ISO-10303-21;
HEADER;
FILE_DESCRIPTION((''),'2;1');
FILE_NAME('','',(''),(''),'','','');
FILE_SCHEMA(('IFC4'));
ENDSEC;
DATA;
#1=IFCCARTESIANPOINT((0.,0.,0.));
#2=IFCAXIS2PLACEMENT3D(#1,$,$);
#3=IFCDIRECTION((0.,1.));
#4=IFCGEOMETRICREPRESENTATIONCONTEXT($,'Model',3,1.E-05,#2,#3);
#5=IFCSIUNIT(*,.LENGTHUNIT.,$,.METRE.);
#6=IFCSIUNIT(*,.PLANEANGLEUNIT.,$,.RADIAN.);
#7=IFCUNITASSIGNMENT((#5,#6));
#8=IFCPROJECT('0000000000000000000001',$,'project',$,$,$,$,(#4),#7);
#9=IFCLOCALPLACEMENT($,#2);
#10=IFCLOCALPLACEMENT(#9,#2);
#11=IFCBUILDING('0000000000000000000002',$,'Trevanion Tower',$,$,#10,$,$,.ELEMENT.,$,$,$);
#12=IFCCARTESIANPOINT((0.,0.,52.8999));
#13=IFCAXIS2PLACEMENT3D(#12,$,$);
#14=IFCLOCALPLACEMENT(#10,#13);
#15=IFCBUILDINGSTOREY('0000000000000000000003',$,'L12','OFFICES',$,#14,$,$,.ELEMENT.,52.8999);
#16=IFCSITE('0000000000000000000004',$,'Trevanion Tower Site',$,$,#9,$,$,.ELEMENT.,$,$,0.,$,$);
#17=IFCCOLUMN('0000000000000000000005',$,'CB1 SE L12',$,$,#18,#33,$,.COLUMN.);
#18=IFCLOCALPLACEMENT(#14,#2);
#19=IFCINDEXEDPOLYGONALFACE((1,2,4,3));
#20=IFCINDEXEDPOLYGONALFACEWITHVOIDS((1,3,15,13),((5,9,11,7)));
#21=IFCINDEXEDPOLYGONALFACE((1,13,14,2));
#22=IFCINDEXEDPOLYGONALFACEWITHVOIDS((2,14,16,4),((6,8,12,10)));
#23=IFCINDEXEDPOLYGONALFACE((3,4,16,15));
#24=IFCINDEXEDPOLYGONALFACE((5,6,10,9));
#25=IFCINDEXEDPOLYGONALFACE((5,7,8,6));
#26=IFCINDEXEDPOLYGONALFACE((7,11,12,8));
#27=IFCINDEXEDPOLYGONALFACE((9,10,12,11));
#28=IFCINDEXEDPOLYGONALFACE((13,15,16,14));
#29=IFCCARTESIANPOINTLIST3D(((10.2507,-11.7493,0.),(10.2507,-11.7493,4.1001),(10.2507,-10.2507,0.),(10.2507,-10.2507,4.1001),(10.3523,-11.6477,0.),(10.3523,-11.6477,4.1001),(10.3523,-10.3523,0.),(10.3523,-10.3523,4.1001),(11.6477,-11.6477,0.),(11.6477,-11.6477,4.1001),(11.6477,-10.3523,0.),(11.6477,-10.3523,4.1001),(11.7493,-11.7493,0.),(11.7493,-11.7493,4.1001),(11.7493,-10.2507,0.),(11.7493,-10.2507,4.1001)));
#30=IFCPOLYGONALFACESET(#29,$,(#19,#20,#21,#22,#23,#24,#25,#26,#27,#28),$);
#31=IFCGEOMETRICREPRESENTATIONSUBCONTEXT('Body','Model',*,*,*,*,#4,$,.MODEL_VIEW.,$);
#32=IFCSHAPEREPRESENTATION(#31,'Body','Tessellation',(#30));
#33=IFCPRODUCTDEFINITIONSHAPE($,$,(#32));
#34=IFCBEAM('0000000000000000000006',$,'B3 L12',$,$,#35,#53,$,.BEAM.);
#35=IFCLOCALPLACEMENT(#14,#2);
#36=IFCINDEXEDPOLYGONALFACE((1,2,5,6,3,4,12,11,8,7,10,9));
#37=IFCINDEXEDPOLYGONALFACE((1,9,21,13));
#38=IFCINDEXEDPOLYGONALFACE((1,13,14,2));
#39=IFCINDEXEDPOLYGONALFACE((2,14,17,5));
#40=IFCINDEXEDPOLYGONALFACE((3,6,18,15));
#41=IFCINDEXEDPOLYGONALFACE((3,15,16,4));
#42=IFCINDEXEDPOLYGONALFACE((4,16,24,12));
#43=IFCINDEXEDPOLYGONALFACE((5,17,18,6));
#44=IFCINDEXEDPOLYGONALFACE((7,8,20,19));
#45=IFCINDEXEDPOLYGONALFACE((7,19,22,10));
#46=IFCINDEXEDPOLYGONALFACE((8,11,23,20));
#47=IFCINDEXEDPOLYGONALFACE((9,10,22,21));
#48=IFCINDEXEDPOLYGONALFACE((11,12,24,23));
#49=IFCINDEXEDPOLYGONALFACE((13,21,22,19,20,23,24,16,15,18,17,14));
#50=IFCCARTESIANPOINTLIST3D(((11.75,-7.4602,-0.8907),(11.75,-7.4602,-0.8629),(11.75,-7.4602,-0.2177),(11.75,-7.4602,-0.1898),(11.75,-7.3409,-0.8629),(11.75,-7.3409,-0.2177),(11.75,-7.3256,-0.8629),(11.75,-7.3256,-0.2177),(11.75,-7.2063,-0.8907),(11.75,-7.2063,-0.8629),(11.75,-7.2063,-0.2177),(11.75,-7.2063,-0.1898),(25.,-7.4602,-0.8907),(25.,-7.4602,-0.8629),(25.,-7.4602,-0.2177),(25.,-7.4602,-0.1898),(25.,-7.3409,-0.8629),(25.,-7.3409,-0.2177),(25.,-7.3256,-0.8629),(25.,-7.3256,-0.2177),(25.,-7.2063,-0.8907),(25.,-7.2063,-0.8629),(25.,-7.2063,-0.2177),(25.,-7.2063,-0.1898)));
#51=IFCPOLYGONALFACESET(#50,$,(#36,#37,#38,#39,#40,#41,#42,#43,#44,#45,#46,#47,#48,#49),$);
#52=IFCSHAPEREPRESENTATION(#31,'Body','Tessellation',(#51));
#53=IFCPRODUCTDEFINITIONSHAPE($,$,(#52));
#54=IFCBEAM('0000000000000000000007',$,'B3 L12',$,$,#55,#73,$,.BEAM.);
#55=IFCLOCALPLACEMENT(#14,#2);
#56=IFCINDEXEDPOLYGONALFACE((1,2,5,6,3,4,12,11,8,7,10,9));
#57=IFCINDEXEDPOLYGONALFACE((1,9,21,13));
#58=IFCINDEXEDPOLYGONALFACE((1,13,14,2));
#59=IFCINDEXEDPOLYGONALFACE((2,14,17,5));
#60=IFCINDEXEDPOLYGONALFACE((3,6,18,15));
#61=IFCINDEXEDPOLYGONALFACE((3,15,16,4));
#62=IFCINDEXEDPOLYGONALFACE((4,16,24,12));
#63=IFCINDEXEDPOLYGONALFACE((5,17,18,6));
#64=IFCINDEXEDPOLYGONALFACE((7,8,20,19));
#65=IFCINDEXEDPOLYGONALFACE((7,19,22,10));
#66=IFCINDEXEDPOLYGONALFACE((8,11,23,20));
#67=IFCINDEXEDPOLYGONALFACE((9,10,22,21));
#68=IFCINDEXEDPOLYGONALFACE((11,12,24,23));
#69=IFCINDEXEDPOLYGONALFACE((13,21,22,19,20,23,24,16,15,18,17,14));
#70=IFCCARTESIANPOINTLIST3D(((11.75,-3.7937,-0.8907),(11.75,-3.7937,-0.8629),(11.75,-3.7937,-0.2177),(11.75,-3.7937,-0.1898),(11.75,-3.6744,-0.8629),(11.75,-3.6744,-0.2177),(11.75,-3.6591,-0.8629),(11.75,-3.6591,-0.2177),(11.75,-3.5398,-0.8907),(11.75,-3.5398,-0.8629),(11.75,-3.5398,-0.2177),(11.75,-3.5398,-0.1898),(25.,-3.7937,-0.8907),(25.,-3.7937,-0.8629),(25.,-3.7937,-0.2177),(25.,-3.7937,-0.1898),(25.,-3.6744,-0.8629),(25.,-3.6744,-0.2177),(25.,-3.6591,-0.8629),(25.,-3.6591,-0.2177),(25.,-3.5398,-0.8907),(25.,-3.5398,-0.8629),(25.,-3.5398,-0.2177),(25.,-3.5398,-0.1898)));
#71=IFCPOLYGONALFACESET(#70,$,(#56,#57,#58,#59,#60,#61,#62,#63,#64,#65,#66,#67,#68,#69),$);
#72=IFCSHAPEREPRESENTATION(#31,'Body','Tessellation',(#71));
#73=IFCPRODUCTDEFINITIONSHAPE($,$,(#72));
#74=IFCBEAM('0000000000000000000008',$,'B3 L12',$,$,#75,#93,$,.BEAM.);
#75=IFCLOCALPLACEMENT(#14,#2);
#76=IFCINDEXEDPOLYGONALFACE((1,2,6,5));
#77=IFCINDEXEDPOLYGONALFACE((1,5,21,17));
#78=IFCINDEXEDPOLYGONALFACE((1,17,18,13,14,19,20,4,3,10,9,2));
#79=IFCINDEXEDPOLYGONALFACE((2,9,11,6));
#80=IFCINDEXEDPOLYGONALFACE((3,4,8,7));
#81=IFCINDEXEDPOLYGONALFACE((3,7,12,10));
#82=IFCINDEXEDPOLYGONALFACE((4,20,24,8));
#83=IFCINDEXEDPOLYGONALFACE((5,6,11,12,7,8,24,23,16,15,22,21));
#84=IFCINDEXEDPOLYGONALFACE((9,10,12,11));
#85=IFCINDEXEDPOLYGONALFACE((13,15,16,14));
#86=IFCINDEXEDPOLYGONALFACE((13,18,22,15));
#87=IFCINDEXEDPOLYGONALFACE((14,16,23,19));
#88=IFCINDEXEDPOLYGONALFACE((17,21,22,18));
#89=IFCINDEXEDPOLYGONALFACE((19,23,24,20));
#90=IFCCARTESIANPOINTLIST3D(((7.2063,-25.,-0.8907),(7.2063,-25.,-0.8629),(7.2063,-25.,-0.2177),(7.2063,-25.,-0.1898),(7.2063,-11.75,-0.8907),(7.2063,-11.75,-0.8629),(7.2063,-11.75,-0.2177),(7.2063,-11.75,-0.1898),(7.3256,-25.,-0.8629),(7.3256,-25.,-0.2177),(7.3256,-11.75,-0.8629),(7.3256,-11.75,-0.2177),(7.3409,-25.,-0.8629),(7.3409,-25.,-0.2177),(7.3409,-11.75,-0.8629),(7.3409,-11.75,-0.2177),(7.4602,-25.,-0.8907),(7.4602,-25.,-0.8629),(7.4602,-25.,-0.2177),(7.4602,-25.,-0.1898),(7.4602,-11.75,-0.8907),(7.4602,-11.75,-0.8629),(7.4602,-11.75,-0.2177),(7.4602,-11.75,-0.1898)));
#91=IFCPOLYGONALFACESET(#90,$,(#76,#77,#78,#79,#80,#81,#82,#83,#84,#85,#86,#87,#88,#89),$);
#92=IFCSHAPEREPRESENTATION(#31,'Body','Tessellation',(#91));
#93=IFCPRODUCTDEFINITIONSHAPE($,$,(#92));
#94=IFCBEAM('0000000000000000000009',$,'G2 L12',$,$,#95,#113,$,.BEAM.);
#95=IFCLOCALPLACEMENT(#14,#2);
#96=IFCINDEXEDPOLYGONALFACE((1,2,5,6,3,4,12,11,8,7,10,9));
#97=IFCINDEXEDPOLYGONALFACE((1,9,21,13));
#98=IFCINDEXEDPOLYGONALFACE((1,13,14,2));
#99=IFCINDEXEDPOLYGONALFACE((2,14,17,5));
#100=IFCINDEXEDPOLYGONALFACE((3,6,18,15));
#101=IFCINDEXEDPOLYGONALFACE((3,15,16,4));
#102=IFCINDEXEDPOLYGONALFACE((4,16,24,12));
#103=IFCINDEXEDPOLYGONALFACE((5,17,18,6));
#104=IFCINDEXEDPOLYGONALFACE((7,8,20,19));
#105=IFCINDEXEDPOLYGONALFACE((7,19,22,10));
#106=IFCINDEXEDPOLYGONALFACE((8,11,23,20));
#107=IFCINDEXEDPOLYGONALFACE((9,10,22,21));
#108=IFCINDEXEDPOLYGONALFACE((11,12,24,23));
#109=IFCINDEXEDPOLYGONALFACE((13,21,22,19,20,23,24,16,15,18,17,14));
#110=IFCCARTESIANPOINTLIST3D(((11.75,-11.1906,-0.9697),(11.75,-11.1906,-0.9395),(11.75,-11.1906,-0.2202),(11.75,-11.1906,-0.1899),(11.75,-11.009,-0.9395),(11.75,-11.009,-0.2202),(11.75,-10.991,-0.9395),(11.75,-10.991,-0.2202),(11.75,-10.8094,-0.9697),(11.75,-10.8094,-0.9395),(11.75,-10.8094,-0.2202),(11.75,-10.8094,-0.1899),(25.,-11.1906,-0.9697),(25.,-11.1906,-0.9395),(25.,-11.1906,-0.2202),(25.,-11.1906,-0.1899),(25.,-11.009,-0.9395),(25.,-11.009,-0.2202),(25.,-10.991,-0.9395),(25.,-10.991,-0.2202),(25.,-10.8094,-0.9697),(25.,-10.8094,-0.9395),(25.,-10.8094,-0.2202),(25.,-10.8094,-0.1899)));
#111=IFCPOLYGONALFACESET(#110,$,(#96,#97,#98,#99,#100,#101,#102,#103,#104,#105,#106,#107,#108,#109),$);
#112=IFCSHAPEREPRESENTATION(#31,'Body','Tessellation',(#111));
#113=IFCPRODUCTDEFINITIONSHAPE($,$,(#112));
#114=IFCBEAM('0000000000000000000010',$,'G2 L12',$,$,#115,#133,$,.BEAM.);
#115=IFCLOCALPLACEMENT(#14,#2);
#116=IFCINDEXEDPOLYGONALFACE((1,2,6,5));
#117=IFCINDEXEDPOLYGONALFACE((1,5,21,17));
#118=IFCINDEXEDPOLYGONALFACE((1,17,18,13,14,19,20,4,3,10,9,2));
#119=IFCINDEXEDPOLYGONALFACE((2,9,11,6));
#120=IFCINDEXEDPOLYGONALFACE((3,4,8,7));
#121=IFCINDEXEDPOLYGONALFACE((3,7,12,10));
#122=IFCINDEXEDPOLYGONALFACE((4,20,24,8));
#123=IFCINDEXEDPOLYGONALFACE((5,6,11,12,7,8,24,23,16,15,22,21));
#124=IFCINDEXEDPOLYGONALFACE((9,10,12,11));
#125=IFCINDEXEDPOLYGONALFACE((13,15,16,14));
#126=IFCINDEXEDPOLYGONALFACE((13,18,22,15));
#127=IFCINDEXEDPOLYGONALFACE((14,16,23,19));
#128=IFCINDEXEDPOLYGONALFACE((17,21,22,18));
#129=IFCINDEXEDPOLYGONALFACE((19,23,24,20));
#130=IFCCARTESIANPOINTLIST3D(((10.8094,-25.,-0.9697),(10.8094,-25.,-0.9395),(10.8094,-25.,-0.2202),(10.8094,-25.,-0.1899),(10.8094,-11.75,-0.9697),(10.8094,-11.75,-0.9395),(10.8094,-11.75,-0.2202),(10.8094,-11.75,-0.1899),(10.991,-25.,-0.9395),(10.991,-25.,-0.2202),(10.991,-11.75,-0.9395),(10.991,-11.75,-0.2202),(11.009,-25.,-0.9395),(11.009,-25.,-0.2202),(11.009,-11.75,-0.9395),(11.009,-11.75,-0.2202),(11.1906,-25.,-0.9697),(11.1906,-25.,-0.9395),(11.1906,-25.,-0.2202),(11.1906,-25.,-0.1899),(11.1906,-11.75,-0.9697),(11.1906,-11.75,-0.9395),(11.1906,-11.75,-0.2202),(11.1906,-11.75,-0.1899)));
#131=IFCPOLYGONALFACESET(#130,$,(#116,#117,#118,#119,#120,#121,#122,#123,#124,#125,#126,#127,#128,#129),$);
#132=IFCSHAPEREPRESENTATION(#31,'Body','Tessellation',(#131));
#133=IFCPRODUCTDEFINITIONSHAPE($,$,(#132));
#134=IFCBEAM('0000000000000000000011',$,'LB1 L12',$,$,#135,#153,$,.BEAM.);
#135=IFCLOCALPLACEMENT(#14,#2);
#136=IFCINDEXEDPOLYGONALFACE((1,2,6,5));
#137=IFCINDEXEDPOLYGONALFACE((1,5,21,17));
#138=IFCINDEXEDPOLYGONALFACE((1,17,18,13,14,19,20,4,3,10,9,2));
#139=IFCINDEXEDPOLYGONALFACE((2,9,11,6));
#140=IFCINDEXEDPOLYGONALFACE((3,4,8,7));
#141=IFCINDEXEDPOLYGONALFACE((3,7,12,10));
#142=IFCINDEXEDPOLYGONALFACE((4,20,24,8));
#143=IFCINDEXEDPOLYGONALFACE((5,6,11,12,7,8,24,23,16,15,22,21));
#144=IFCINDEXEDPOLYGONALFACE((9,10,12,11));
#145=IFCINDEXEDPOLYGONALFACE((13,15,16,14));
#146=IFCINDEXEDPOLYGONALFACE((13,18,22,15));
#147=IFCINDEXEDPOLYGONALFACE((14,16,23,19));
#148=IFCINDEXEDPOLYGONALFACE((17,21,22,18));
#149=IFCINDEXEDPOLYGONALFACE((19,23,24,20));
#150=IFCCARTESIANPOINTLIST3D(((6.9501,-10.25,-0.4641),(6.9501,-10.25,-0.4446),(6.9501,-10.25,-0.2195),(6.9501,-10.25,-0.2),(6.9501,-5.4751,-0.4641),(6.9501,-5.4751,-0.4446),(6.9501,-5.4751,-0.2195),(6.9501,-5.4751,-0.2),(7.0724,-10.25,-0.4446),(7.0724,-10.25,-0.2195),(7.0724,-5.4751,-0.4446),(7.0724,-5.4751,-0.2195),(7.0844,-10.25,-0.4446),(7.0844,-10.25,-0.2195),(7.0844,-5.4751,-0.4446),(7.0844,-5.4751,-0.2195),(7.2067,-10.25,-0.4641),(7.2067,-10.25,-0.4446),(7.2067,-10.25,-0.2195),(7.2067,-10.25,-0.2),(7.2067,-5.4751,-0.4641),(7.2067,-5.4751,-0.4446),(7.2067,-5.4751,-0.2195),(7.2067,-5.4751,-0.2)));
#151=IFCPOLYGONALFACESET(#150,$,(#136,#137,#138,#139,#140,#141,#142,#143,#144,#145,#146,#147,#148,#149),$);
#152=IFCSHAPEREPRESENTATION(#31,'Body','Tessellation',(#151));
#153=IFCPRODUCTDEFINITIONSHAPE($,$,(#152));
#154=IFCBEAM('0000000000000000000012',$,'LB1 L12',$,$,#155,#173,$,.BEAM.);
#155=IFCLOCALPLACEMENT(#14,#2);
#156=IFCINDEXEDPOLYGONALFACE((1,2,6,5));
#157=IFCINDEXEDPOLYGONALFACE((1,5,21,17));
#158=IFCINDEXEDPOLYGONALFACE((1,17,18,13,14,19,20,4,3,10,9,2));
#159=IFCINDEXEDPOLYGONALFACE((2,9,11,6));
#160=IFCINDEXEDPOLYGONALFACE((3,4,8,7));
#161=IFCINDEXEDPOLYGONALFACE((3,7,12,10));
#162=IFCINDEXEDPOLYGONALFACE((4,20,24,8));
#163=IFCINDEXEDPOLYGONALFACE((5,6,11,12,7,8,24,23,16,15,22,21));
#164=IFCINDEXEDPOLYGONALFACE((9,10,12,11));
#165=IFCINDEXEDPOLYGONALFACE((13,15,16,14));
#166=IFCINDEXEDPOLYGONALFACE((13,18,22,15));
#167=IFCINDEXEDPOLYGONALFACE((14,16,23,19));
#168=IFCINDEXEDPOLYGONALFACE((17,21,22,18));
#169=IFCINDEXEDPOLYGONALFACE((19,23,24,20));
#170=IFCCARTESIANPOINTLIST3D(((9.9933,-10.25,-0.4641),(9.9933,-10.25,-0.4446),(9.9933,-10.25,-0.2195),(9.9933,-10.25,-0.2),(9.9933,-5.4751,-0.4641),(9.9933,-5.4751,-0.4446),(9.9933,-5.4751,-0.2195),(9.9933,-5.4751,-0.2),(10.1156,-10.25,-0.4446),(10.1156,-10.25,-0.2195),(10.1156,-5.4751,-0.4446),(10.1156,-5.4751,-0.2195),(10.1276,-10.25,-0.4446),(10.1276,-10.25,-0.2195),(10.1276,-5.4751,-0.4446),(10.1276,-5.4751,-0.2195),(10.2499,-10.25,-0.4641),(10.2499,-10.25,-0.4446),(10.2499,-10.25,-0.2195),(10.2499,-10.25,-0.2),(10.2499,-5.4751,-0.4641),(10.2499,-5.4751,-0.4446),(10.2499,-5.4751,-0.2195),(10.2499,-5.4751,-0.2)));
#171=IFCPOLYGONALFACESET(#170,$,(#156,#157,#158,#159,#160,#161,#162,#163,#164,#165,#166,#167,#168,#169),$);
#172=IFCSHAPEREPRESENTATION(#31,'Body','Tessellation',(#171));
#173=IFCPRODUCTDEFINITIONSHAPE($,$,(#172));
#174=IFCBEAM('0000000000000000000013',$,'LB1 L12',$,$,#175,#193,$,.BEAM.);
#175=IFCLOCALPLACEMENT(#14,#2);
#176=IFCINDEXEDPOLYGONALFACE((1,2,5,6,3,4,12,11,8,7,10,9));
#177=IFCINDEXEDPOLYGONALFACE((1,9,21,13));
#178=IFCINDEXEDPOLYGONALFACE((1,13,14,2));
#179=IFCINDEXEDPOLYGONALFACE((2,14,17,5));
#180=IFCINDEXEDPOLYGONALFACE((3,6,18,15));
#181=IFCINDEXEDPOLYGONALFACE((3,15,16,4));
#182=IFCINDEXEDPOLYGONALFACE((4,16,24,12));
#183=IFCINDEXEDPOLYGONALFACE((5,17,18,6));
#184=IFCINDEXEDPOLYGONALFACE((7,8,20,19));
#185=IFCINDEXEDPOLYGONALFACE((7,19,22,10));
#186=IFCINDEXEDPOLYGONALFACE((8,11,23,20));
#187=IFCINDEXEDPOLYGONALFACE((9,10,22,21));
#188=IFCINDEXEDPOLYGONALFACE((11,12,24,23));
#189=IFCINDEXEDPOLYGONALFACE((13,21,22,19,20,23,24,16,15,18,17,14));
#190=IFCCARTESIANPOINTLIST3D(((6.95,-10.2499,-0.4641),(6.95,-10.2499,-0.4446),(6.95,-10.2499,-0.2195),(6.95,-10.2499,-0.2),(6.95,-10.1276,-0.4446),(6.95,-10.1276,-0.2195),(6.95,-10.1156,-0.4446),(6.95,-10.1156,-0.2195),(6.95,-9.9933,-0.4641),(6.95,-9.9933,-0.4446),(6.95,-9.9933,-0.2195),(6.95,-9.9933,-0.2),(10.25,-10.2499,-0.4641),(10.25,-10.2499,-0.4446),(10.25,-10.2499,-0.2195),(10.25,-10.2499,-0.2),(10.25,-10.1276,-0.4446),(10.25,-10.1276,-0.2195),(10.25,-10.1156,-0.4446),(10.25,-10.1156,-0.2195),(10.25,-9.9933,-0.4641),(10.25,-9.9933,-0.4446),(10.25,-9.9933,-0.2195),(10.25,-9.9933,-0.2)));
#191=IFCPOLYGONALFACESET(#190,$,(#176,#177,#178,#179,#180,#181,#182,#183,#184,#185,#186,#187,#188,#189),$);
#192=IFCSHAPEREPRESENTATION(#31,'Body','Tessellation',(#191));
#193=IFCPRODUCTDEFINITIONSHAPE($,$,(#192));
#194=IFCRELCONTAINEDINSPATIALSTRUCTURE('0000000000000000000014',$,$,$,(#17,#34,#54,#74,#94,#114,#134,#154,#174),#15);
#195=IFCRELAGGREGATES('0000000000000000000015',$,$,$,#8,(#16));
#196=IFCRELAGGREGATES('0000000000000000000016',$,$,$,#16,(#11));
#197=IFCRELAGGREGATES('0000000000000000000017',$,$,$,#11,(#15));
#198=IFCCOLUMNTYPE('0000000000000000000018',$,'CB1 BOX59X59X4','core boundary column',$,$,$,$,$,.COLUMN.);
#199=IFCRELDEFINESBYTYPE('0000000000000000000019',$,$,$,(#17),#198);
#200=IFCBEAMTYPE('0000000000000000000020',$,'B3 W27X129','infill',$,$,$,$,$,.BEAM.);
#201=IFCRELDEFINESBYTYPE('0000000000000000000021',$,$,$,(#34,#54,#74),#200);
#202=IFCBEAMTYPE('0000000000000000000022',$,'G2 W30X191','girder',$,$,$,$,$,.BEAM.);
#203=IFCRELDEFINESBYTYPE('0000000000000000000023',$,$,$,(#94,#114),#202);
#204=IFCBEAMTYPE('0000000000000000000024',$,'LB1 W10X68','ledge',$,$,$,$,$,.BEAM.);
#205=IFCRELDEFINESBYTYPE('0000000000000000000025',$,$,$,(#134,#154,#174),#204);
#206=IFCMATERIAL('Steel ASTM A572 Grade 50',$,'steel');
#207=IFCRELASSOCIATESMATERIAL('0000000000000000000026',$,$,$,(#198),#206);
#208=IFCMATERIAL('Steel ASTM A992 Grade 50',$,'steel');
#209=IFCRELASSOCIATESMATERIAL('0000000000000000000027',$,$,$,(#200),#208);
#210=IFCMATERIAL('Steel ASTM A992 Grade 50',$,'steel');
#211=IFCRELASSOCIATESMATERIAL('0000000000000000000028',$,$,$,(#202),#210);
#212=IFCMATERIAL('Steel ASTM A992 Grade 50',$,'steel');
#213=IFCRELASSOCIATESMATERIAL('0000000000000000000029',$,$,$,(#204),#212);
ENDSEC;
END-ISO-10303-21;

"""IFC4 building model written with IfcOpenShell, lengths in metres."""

from ifc_helpers import new_model, si_unit, direction, frame, origin, origin_2d, place, context, subcontext, project, spatial, hollow_rectangle, i_section, extrude, material, material_profile, profile_set, type_object, element, save


model = new_model("IFC4")

# Units and contexts
model_context = context("Model", 3, precision=1e-05, world=origin(), true_north=direction((0.0, 1.0)))
body_context = subcontext(model_context, "Body", "Model", "MODEL_VIEW")
ifc_project = project(units=[si_unit("LENGTHUNIT", "METRE"), si_unit("PLANEANGLEUNIT", "RADIAN")], contexts=[model_context])

# Site, building, storey
site_placement = place(None, origin())
site = spatial("IfcSite", under=ifc_project, at=site_placement, Name="Trevanion Tower Site", CompositionType="ELEMENT", RefElevation=0.0)
building_placement = place(site_placement, origin())
building = spatial("IfcBuilding", under=site, at=building_placement, Name="Trevanion Tower", CompositionType="ELEMENT")
storey_placement = place(building_placement, frame((0.0, 0.0, 52.8999)))
storey = spatial("IfcBuildingStorey", under=building, at=storey_placement, Name="L12", Description="OFFICES", CompositionType="ELEMENT", Elevation=52.8999)

# Column
ifc_material_1 = material(Name="Steel ASTM A572 Grade 50", Category="steel")
ifc_material_profile_1 = material_profile(ifc_material_1, hollow_rectangle(XDim=1.4985, YDim=1.4985, WallThickness=0.1016, at=origin_2d()), Name="BOX59X59X4")
ifc_profile_set_1 = profile_set([ifc_material_profile_1], Name="Steel ASTM A572 Grade 50")
column_type = type_object("IfcColumnType", Name="CB1 BOX59X59X4", Description="core boundary column", PredefinedType="COLUMN", material=ifc_profile_set_1)
column_placement = place(storey_placement, frame((11.0, -11.0, 0.0), z_axis=(0.0, 0.0, 1.0), x_axis=(1.0, 0.0, 0.0)))
element("IfcColumn", 1, at=column_placement, inside=storey, type_object=column_type, Name="CB1 SE L12", PredefinedType="COLUMN", context=body_context, shape_type="SweptSolid", body=[
    extrude(hollow_rectangle(XDim=1.4985, YDim=1.4985, WallThickness=0.1016, at=origin_2d()), origin(), (0.0, 0.0, 1.0), 4.1001),
])

# Beams
ifc_material_2 = material(Name="Steel ASTM A992 Grade 50", Category="steel")
ifc_material_profile_2 = material_profile(ifc_material_2, i_section(OverallWidth=0.2539, OverallDepth=0.7009, WebThickness=0.0154, FlangeThickness=0.0278, at=origin_2d()), Name="W27X129")
ifc_profile_set_2 = profile_set([ifc_material_profile_2], Name="Steel ASTM A992 Grade 50")
beam_type_1 = type_object("IfcBeamType", Name="B3 W27X129", Description="infill", PredefinedType="BEAM", material=ifc_profile_set_2)
for number, where, z_axis, x_axis, name in (
    (2, (11.75, -7.3333, -0.5403), (1.0, 0.0, 0.0), (0.0, 1.0, 0.0), "B3 L12"),
    (3, (11.75, -3.6667, -0.5403), (1.0, 0.0, 0.0), (0.0, 1.0, 0.0), "B3 L12"),
    (4, (7.3333, -11.75, -0.5403), (0.0, -1.0, 0.0), (1.0, 0.0, 0.0), "B3 L12"),
):
    element("IfcBeam", number, at=place(storey_placement, frame(where, z_axis=z_axis, x_axis=x_axis)), inside=storey, type_object=beam_type_1, Name=name, PredefinedType="BEAM", context=body_context, shape_type="SweptSolid", body=[
        extrude(i_section(OverallWidth=0.2539, OverallDepth=0.7009, WebThickness=0.0154, FlangeThickness=0.0278, at=origin_2d()), origin(), (0.0, 0.0, 1.0), 13.25),
    ])
ifc_material_3 = material(Name="Steel ASTM A992 Grade 50", Category="steel")
ifc_material_profile_3 = material_profile(ifc_material_3, i_section(OverallWidth=0.3811, OverallDepth=0.7798, WebThickness=0.0181, FlangeThickness=0.0303, at=origin_2d()), Name="W30X191")
ifc_profile_set_3 = profile_set([ifc_material_profile_3], Name="Steel ASTM A992 Grade 50")
beam_type_2 = type_object("IfcBeamType", Name="G2 W30X191", Description="girder", PredefinedType="BEAM", material=ifc_profile_set_3)
for number, where, z_axis, x_axis, name in (
    (5, (11.75, -11.0, -0.5798), (1.0, 0.0, 0.0), (0.0, 1.0, 0.0), "G2 L12"),
    (6, (11.0, -11.75, -0.5798), (0.0, -1.0, 0.0), (1.0, 0.0, 0.0), "G2 L12"),
):
    element("IfcBeam", number, at=place(storey_placement, frame(where, z_axis=z_axis, x_axis=x_axis)), inside=storey, type_object=beam_type_2, Name=name, PredefinedType="BEAM", context=body_context, shape_type="SweptSolid", body=[
        extrude(i_section(OverallWidth=0.3811, OverallDepth=0.7798, WebThickness=0.0181, FlangeThickness=0.0303, at=origin_2d()), origin(), (0.0, 0.0, 1.0), 13.25),
    ])
ifc_material_4 = material(Name="Steel ASTM A992 Grade 50", Category="steel")
ifc_material_profile_4 = material_profile(ifc_material_4, i_section(OverallWidth=0.2566, OverallDepth=0.2642, WebThickness=0.012, FlangeThickness=0.0195, at=origin_2d()), Name="W10X68")
ifc_profile_set_4 = profile_set([ifc_material_profile_4], Name="Steel ASTM A992 Grade 50")
beam_type_3 = type_object("IfcBeamType", Name="LB1 W10X68", Description="ledge", PredefinedType="BEAM", material=ifc_profile_set_4)
for number, where, z_axis, x_axis, name in (
    (7, (7.0784, -10.25, -0.332), (0.0, 1.0, 0.0), (-1.0, 0.0, 0.0), "LB1 L12"),
    (8, (10.1216, -10.25, -0.332), (0.0, 1.0, 0.0), (-1.0, 0.0, 0.0), "LB1 L12"),
):
    element("IfcBeam", number, at=place(storey_placement, frame(where, z_axis=z_axis, x_axis=x_axis)), inside=storey, type_object=beam_type_3, Name=name, PredefinedType="BEAM", context=body_context, shape_type="SweptSolid", body=[
        extrude(i_section(OverallWidth=0.2566, OverallDepth=0.2642, WebThickness=0.012, FlangeThickness=0.0195, at=origin_2d()), origin(), (0.0, 0.0, 1.0), 4.7749),
    ])
beam_1_placement = place(storey_placement, frame((6.95, -10.1216, -0.332), z_axis=(1.0, 0.0, 0.0), x_axis=(0.0, 1.0, 0.0)))
element("IfcBeam", 9, at=beam_1_placement, inside=storey, type_object=beam_type_3, Name="LB1 L12", PredefinedType="BEAM", context=body_context, shape_type="SweptSolid", body=[
    extrude(i_section(OverallWidth=0.2566, OverallDepth=0.2642, WebThickness=0.012, FlangeThickness=0.0195, at=origin_2d()), origin(), (0.0, 0.0, 1.0), 3.3),
])

save(model, "model.ifc")
